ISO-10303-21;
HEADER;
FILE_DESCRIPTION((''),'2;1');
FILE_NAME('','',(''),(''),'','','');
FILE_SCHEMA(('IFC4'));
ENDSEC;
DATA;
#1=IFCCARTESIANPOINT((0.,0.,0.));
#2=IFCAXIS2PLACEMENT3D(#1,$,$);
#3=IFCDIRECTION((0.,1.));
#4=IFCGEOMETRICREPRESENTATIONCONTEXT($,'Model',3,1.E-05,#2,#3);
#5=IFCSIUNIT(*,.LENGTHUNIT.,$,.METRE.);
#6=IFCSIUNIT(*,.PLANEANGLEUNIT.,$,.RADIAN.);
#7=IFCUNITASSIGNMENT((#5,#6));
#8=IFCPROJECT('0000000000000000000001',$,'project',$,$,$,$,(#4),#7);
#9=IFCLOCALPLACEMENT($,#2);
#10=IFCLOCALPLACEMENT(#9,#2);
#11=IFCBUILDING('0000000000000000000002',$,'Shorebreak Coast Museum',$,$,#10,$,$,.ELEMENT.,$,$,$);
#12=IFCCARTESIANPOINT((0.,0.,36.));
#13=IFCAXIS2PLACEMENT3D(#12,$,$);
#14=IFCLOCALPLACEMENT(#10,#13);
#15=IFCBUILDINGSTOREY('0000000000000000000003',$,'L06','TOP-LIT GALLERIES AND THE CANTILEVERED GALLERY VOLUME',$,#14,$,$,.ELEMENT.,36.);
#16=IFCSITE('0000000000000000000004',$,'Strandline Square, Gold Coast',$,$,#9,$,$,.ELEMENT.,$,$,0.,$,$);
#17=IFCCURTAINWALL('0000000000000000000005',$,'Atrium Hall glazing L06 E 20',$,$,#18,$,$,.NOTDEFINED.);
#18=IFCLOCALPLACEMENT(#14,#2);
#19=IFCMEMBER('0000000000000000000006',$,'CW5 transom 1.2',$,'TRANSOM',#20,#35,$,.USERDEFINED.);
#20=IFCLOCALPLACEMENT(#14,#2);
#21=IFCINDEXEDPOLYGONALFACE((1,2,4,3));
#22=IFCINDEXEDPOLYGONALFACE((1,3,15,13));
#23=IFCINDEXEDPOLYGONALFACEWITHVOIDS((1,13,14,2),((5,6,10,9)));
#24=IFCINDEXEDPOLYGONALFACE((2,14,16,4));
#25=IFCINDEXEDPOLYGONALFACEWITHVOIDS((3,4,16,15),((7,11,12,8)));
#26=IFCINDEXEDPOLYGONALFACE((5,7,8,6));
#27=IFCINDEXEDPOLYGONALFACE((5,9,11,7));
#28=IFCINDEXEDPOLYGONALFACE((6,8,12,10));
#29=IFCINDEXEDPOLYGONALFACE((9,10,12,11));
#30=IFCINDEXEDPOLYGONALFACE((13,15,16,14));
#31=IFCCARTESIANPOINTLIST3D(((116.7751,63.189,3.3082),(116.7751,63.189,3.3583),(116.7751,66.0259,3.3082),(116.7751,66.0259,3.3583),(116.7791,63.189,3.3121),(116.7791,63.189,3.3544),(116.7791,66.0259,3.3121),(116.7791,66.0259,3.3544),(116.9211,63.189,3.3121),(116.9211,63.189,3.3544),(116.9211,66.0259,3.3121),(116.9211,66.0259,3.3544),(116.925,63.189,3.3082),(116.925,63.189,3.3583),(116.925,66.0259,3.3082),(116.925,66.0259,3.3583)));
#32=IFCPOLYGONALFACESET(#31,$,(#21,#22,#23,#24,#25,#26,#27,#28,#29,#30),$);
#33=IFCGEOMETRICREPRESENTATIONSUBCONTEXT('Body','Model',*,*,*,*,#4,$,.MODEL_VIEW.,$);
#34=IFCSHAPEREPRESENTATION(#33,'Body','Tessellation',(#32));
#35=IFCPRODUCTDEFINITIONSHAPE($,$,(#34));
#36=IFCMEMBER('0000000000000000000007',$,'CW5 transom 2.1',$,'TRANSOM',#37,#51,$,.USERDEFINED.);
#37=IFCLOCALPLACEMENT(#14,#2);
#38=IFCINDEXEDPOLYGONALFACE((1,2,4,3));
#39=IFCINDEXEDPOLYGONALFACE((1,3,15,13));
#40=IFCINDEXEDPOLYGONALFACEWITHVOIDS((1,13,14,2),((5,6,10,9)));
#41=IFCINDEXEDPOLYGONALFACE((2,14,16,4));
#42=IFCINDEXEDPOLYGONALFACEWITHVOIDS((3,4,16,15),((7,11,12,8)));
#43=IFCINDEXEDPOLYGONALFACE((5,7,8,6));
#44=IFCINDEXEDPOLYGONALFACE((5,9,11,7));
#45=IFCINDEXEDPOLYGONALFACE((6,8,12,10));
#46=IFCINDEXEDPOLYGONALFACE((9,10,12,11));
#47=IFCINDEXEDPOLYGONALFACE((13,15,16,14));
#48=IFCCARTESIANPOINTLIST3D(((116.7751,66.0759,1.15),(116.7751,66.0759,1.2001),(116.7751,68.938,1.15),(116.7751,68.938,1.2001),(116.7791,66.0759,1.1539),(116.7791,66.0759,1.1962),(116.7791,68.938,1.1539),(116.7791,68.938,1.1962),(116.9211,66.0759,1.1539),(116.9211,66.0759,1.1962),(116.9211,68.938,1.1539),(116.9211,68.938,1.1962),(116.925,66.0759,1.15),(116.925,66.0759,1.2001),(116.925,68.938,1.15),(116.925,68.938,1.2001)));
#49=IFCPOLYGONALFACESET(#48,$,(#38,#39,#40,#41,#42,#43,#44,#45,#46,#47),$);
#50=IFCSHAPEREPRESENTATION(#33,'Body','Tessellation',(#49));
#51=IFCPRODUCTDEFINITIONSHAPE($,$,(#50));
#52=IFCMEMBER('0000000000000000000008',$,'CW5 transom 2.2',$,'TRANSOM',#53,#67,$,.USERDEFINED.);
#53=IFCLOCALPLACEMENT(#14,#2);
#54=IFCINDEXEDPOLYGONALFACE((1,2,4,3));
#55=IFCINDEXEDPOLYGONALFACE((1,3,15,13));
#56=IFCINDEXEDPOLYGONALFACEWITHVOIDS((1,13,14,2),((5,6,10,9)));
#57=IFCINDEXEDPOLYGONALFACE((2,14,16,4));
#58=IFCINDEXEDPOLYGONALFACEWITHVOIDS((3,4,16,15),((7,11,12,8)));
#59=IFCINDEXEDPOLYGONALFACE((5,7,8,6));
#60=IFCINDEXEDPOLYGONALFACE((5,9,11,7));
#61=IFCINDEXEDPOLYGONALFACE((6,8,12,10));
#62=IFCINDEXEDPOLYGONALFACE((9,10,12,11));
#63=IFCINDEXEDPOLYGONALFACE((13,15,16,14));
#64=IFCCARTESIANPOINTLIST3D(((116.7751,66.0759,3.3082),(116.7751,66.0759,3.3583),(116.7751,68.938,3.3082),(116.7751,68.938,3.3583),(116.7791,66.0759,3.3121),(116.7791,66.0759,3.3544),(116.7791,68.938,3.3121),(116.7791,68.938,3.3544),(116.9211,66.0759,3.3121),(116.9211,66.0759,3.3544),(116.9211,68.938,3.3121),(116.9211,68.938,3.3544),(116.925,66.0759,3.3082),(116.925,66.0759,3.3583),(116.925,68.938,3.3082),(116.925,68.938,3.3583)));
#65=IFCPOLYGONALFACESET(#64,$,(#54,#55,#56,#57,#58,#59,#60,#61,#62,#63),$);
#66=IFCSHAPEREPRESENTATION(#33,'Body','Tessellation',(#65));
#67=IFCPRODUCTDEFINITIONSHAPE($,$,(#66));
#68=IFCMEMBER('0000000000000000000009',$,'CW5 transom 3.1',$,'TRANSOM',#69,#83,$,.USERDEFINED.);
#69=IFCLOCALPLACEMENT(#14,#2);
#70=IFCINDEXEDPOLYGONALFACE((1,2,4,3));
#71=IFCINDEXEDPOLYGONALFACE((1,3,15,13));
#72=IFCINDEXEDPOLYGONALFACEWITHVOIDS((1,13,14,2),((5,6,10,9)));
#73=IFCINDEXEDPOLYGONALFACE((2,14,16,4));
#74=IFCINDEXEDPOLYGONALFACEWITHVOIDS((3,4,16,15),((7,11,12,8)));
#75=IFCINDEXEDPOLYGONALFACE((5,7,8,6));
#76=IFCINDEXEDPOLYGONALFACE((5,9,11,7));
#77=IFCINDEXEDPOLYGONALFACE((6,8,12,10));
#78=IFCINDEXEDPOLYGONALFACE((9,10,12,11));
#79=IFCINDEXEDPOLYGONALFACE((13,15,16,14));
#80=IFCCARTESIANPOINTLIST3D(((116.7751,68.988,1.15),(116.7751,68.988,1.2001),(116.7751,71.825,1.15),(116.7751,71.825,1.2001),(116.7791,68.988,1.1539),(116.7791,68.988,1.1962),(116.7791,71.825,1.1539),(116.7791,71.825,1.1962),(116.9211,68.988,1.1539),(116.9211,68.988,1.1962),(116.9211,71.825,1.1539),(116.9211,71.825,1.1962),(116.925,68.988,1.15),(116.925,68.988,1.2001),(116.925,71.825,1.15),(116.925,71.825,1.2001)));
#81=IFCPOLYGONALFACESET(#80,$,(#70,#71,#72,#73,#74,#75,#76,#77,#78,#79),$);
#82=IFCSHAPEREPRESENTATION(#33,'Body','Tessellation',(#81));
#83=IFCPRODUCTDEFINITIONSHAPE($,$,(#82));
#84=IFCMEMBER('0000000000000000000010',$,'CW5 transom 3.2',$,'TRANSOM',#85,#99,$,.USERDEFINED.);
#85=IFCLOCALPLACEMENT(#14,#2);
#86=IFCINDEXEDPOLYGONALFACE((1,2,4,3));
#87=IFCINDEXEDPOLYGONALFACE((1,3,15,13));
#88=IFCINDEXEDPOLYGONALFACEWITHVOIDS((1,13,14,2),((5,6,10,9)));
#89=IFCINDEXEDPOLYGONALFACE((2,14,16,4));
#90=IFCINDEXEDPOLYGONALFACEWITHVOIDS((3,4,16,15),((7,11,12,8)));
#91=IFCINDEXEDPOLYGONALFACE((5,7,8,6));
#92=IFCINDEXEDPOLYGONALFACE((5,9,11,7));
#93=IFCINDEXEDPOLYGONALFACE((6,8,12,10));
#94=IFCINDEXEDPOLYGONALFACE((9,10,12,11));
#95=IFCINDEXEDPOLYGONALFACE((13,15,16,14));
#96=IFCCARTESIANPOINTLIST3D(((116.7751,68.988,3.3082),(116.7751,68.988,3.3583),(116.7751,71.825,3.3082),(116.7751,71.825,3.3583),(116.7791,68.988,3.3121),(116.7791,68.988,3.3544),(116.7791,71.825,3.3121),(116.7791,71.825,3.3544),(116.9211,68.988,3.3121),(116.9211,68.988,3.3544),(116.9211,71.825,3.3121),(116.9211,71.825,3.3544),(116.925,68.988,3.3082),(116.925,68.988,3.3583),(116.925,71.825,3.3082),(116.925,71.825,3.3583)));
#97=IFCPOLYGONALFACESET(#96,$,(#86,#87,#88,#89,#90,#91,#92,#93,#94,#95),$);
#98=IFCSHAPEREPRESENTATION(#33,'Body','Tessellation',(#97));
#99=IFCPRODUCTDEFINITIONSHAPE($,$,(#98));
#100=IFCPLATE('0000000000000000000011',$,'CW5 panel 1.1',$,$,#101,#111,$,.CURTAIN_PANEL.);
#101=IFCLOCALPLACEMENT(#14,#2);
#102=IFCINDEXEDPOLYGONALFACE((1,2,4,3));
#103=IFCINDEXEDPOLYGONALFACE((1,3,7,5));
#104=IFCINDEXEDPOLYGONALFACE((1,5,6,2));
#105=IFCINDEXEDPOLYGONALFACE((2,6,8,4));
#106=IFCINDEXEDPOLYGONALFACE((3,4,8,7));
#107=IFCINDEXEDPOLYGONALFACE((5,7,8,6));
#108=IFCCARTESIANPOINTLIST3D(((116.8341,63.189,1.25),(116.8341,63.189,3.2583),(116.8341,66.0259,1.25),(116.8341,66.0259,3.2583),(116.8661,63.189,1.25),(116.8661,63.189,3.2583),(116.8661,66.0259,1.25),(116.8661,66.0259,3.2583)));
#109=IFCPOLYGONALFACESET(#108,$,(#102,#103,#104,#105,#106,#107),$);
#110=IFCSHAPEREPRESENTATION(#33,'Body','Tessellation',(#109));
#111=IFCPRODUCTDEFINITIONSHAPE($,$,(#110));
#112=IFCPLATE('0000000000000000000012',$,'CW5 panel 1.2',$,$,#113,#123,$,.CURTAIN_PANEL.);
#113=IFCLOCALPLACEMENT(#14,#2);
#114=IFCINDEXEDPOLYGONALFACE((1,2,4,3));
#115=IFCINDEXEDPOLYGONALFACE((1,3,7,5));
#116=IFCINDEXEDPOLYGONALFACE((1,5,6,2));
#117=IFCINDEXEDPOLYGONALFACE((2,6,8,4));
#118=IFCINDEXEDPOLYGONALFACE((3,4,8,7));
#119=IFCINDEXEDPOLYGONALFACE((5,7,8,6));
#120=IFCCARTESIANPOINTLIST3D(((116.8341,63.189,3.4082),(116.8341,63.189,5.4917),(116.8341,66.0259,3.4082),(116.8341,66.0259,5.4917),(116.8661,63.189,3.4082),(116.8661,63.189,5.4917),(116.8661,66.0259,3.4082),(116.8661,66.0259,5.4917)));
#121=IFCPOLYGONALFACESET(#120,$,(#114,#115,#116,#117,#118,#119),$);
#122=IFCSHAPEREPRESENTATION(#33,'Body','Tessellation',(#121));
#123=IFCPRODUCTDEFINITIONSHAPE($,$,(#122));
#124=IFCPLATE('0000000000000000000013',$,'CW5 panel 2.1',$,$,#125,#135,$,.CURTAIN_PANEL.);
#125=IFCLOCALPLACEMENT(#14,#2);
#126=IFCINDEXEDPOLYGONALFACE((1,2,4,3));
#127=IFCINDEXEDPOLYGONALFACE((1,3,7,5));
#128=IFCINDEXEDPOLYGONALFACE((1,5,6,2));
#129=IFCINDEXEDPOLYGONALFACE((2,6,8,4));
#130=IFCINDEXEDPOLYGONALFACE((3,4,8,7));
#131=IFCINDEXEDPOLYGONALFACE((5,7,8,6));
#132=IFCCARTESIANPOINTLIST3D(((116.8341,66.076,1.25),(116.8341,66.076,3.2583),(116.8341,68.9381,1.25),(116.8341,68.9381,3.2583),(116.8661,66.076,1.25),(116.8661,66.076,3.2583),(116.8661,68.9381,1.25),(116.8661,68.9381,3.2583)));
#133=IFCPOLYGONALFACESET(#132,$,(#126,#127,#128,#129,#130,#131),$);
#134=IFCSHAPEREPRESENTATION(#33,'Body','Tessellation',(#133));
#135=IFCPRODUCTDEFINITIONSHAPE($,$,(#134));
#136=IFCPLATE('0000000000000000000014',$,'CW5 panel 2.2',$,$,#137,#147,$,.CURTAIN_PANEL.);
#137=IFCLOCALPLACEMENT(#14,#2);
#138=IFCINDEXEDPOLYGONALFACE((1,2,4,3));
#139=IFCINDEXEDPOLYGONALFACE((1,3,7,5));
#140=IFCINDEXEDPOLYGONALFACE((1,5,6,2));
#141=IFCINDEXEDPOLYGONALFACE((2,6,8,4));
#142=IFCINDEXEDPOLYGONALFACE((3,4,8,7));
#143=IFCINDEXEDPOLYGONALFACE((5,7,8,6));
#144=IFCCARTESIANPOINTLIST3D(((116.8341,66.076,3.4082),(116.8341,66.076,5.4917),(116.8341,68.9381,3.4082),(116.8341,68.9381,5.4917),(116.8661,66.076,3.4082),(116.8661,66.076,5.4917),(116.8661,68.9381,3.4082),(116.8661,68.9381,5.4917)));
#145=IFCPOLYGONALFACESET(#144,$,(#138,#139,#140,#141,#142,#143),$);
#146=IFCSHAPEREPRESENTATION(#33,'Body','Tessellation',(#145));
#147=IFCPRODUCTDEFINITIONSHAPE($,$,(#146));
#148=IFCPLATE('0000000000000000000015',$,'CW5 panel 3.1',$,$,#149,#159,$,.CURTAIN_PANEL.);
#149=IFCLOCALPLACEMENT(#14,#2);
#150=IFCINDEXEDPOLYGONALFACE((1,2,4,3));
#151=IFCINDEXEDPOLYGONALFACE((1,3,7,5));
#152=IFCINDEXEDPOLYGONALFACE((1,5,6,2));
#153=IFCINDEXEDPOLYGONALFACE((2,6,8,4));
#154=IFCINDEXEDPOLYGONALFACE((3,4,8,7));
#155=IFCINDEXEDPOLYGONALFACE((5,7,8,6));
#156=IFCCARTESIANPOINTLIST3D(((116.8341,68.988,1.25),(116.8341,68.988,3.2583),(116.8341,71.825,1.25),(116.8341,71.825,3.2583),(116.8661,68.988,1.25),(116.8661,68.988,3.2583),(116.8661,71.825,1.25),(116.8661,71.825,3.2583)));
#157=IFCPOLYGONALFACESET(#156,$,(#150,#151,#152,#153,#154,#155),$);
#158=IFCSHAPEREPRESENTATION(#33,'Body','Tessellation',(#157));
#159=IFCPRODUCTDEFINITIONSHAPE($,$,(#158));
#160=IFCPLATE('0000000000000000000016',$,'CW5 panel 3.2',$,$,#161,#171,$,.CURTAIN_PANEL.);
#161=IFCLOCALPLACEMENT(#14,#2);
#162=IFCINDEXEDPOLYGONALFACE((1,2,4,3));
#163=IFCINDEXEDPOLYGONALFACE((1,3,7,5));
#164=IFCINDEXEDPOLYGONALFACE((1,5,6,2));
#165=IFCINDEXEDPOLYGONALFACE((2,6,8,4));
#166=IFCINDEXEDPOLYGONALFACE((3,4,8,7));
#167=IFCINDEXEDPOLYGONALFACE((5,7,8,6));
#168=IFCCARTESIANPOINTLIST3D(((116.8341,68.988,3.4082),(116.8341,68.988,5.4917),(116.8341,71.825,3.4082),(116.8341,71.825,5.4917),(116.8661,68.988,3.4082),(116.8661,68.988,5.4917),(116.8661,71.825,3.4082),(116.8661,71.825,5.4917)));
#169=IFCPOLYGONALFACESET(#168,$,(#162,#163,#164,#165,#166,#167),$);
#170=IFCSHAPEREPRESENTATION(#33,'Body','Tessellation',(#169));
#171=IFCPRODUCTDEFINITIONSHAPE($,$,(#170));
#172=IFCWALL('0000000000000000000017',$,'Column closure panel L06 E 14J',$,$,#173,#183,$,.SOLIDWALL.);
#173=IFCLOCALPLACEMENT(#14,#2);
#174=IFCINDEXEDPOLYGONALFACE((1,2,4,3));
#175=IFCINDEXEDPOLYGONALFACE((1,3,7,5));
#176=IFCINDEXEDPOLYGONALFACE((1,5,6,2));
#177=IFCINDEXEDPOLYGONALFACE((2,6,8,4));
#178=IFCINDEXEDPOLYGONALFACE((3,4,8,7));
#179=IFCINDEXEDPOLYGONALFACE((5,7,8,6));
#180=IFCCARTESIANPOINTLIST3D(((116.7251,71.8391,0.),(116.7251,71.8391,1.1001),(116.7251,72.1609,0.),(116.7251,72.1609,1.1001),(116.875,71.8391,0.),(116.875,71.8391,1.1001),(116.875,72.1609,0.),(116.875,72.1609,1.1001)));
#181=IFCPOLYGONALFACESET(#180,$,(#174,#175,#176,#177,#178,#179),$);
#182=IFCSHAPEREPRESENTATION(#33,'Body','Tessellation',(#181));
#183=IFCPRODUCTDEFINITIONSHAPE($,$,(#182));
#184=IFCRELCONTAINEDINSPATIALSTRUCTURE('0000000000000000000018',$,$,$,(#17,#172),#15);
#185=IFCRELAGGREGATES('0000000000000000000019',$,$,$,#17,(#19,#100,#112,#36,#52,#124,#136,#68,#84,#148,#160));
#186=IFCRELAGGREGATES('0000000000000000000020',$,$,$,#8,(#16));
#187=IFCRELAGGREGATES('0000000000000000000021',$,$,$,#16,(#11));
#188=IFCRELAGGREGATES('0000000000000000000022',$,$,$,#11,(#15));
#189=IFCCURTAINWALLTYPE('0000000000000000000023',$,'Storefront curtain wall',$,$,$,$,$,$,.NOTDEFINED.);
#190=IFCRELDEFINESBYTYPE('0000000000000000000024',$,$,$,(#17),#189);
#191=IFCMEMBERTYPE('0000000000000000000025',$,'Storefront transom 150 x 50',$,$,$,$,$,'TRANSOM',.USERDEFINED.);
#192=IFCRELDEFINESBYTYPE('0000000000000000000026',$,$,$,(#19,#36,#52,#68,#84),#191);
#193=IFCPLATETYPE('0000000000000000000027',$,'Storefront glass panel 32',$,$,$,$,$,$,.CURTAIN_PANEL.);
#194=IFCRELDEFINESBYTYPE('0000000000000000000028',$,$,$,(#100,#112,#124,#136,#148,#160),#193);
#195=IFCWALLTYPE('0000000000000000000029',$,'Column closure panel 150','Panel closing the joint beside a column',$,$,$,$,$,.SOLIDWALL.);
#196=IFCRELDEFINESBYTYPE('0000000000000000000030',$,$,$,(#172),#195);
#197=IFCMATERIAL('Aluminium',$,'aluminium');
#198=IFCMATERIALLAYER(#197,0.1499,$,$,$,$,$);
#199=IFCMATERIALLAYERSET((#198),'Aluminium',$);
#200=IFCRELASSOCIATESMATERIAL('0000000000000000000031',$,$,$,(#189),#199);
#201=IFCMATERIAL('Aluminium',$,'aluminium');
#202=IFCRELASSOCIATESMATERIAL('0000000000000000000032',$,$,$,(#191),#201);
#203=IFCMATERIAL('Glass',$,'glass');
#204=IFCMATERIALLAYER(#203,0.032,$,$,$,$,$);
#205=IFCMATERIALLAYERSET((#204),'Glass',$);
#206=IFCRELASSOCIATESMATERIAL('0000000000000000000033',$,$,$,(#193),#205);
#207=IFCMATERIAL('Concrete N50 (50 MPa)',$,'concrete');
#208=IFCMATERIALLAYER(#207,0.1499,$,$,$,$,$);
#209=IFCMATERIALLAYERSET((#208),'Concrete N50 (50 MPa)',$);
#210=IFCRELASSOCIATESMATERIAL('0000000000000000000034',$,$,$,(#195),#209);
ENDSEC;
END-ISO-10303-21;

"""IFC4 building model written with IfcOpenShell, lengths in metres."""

from ifc_helpers import new_model, si_unit, direction, frame, frame_2d, origin, origin_2d, place, context, subcontext, project, spatial, rectangle, hollow_rectangle, extrude, material, layer, layer_set, material_profile, profile_set, type_object, element, aggregate, save


model = new_model("IFC4")

# Units and contexts
model_context = context("Model", 3, precision=1e-05, world=origin(), true_north=direction((0.0, 1.0)))
body_context = subcontext(model_context, "Body", "Model", "MODEL_VIEW")
ifc_project = project(units=[si_unit("LENGTHUNIT", "METRE"), si_unit("PLANEANGLEUNIT", "RADIAN")], contexts=[model_context])

# Site, building, storey
site_placement = place(None, origin())
site = spatial("IfcSite", under=ifc_project, at=site_placement, Name="Strandline Square, Gold Coast", CompositionType="ELEMENT", RefElevation=0.0)
building_placement = place(site_placement, origin())
building = spatial("IfcBuilding", under=site, at=building_placement, Name="Shorebreak Coast Museum", CompositionType="ELEMENT")
storey_placement = place(building_placement, frame((0.0, 0.0, 36.0)))
storey = spatial("IfcBuildingStorey", under=building, at=storey_placement, Name="L06", Description="TOP-LIT GALLERIES AND THE CANTILEVERED GALLERY VOLUME", CompositionType="ELEMENT", Elevation=36.0)

# Curtain wall, members, plates
ifc_material_1 = material(Name="Aluminium", Category="aluminium")
ifc_layer_1 = layer(ifc_material_1, 0.1499)
ifc_layer_set_1 = layer_set([ifc_layer_1], Name="Aluminium")
curtain_wall_type = type_object("IfcCurtainWallType", Name="Storefront curtain wall", PredefinedType="NOTDEFINED", material=ifc_layer_set_1)
curtain_wall_placement = place(storey_placement, origin())
curtain_wall = element("IfcCurtainWall", 1, at=curtain_wall_placement, inside=storey, type_object=curtain_wall_type, Name="Atrium Hall glazing L06 E 20", PredefinedType="NOTDEFINED")
ifc_material_2 = material(Name="Aluminium", Category="aluminium")
ifc_material_profile_1 = material_profile(ifc_material_2, hollow_rectangle(XDim=0.1499, YDim=0.05, WallThickness=0.0039, at=origin_2d()), Name="AL 50x150 RHS")
ifc_profile_set_1 = profile_set([ifc_material_profile_1], Name="Aluminium")
member_type_1 = type_object("IfcMemberType", Name="Storefront transom 150 x 50", ElementType="TRANSOM", PredefinedType="USERDEFINED", material=ifc_profile_set_1)
member_1_placement = place(storey_placement, frame((116.8501, 63.189, 3.3333), z_axis=(0.0, 1.0, 0.0), x_axis=(-1.0, 0.0, 0.0)))
member_1 = element("IfcMember", 2, at=member_1_placement, type_object=member_type_1, Name="CW5 transom 1.2", ObjectType="TRANSOM", PredefinedType="USERDEFINED", context=body_context, shape_type="SweptSolid", body=[
    extrude(hollow_rectangle(XDim=0.1499, YDim=0.05, WallThickness=0.0039, at=origin_2d()), origin(), (0.0, 0.0, 1.0), 2.8369),
])
member_2_placement = place(storey_placement, frame((116.8501, 66.0759, 1.175), z_axis=(0.0, 1.0, 0.0), x_axis=(-1.0, 0.0, 0.0)))
member_2 = element("IfcMember", 3, at=member_2_placement, type_object=member_type_1, Name="CW5 transom 2.1", ObjectType="TRANSOM", PredefinedType="USERDEFINED", context=body_context, shape_type="SweptSolid", body=[
    extrude(hollow_rectangle(XDim=0.1499, YDim=0.05, WallThickness=0.0039, at=origin_2d()), origin(), (0.0, 0.0, 1.0), 2.8621),
])
member_3_placement = place(storey_placement, frame((116.8501, 66.0759, 3.3333), z_axis=(0.0, 1.0, 0.0), x_axis=(-1.0, 0.0, 0.0)))
member_3 = element("IfcMember", 4, at=member_3_placement, type_object=member_type_1, Name="CW5 transom 2.2", ObjectType="TRANSOM", PredefinedType="USERDEFINED", context=body_context, shape_type="SweptSolid", body=[
    extrude(hollow_rectangle(XDim=0.1499, YDim=0.05, WallThickness=0.0039, at=origin_2d()), origin(), (0.0, 0.0, 1.0), 2.8621),
])
member_4_placement = place(storey_placement, frame((116.8501, 68.988, 1.175), z_axis=(0.0, 1.0, 0.0), x_axis=(-1.0, 0.0, 0.0)))
member_4 = element("IfcMember", 5, at=member_4_placement, type_object=member_type_1, Name="CW5 transom 3.1", ObjectType="TRANSOM", PredefinedType="USERDEFINED", context=body_context, shape_type="SweptSolid", body=[
    extrude(hollow_rectangle(XDim=0.1499, YDim=0.05, WallThickness=0.0039, at=origin_2d()), origin(), (0.0, 0.0, 1.0), 2.8369),
])
member_5_placement = place(storey_placement, frame((116.8501, 68.988, 3.3333), z_axis=(0.0, 1.0, 0.0), x_axis=(-1.0, 0.0, 0.0)))
member_5 = element("IfcMember", 6, at=member_5_placement, type_object=member_type_1, Name="CW5 transom 3.2", ObjectType="TRANSOM", PredefinedType="USERDEFINED", context=body_context, shape_type="SweptSolid", body=[
    extrude(hollow_rectangle(XDim=0.1499, YDim=0.05, WallThickness=0.0039, at=origin_2d()), origin(), (0.0, 0.0, 1.0), 2.8369),
])
ifc_material_3 = material(Name="Glass", Category="glass")
ifc_layer_2 = layer(ifc_material_3, 0.032)
ifc_layer_set_2 = layer_set([ifc_layer_2], Name="Glass")
plate_type = type_object("IfcPlateType", Name="Storefront glass panel 32", PredefinedType="CURTAIN_PANEL", material=ifc_layer_set_2)
plate_1_placement = place(storey_placement, frame((116.8501, 64.6074, 1.25), z_axis=(0.0, 0.0, 1.0), x_axis=(0.0, 1.0, 0.0)))
plate_1 = element("IfcPlate", 7, at=plate_1_placement, type_object=plate_type, Name="CW5 panel 1.1", PredefinedType="CURTAIN_PANEL", context=body_context, shape_type="SweptSolid", body=[
    extrude(rectangle(XDim=2.8369, YDim=0.032, at=origin_2d()), origin(), (0.0, 0.0, 1.0), 2.0083),
])
plate_2_placement = place(storey_placement, frame((116.8501, 64.6074, 3.4082), z_axis=(0.0, 0.0, 1.0), x_axis=(0.0, 1.0, 0.0)))
plate_2 = element("IfcPlate", 8, at=plate_2_placement, type_object=plate_type, Name="CW5 panel 1.2", PredefinedType="CURTAIN_PANEL", context=body_context, shape_type="SweptSolid", body=[
    extrude(rectangle(XDim=2.8369, YDim=0.032, at=origin_2d()), origin(), (0.0, 0.0, 1.0), 2.0835),
])
plate_3_placement = place(storey_placement, frame((116.8501, 67.5071, 1.25), z_axis=(0.0, 0.0, 1.0), x_axis=(0.0, 1.0, 0.0)))
plate_3 = element("IfcPlate", 9, at=plate_3_placement, type_object=plate_type, Name="CW5 panel 2.1", PredefinedType="CURTAIN_PANEL", context=body_context, shape_type="SweptSolid", body=[
    extrude(rectangle(XDim=2.8621, YDim=0.032, at=origin_2d()), origin(), (0.0, 0.0, 1.0), 2.0083),
])
plate_4_placement = place(storey_placement, frame((116.8501, 67.5071, 3.4082), z_axis=(0.0, 0.0, 1.0), x_axis=(0.0, 1.0, 0.0)))
plate_4 = element("IfcPlate", 10, at=plate_4_placement, type_object=plate_type, Name="CW5 panel 2.2", PredefinedType="CURTAIN_PANEL", context=body_context, shape_type="SweptSolid", body=[
    extrude(rectangle(XDim=2.8621, YDim=0.032, at=origin_2d()), origin(), (0.0, 0.0, 1.0), 2.0835),
])
plate_5_placement = place(storey_placement, frame((116.8501, 70.4065, 1.25), z_axis=(0.0, 0.0, 1.0), x_axis=(0.0, 1.0, 0.0)))
plate_5 = element("IfcPlate", 11, at=plate_5_placement, type_object=plate_type, Name="CW5 panel 3.1", PredefinedType="CURTAIN_PANEL", context=body_context, shape_type="SweptSolid", body=[
    extrude(rectangle(XDim=2.8369, YDim=0.032, at=origin_2d()), origin(), (0.0, 0.0, 1.0), 2.0083),
])
plate_6_placement = place(storey_placement, frame((116.8501, 70.4065, 3.4082), z_axis=(0.0, 0.0, 1.0), x_axis=(0.0, 1.0, 0.0)))
plate_6 = element("IfcPlate", 12, at=plate_6_placement, type_object=plate_type, Name="CW5 panel 3.2", PredefinedType="CURTAIN_PANEL", context=body_context, shape_type="SweptSolid", body=[
    extrude(rectangle(XDim=2.8369, YDim=0.032, at=origin_2d()), origin(), (0.0, 0.0, 1.0), 2.0835),
])
aggregate(curtain_wall, [member_1, plate_1, plate_2, member_2, member_3, plate_3, plate_4, member_4, member_5, plate_5, plate_6])

# Wall
ifc_material_4 = material(Name="Concrete N50 (50 MPa)", Category="concrete")
ifc_layer_3 = layer(ifc_material_4, 0.1499)
ifc_layer_set_3 = layer_set([ifc_layer_3], Name="Concrete N50 (50 MPa)")
wall_type_1 = type_object("IfcWallType", Name="Column closure panel 150", Description="Panel closing the joint beside a column", PredefinedType="SOLIDWALL", material=ifc_layer_set_3)
wall_1_placement = place(storey_placement, frame((116.8, 71.8391, 0.0), z_axis=(0.0, 0.0, 1.0), x_axis=(0.0, 1.0, 0.0)))
element("IfcWall", 13, at=wall_1_placement, inside=storey, type_object=wall_type_1, Name="Column closure panel L06 E 14J", PredefinedType="SOLIDWALL", context=body_context, shape_type="SweptSolid", body=[
    extrude(rectangle(XDim=0.3218, YDim=0.1499, at=frame_2d((0.1609, 0.0))), origin(), (0.0, 0.0, 1.0), 1.1001),
])

save(model, "model.ifc")
